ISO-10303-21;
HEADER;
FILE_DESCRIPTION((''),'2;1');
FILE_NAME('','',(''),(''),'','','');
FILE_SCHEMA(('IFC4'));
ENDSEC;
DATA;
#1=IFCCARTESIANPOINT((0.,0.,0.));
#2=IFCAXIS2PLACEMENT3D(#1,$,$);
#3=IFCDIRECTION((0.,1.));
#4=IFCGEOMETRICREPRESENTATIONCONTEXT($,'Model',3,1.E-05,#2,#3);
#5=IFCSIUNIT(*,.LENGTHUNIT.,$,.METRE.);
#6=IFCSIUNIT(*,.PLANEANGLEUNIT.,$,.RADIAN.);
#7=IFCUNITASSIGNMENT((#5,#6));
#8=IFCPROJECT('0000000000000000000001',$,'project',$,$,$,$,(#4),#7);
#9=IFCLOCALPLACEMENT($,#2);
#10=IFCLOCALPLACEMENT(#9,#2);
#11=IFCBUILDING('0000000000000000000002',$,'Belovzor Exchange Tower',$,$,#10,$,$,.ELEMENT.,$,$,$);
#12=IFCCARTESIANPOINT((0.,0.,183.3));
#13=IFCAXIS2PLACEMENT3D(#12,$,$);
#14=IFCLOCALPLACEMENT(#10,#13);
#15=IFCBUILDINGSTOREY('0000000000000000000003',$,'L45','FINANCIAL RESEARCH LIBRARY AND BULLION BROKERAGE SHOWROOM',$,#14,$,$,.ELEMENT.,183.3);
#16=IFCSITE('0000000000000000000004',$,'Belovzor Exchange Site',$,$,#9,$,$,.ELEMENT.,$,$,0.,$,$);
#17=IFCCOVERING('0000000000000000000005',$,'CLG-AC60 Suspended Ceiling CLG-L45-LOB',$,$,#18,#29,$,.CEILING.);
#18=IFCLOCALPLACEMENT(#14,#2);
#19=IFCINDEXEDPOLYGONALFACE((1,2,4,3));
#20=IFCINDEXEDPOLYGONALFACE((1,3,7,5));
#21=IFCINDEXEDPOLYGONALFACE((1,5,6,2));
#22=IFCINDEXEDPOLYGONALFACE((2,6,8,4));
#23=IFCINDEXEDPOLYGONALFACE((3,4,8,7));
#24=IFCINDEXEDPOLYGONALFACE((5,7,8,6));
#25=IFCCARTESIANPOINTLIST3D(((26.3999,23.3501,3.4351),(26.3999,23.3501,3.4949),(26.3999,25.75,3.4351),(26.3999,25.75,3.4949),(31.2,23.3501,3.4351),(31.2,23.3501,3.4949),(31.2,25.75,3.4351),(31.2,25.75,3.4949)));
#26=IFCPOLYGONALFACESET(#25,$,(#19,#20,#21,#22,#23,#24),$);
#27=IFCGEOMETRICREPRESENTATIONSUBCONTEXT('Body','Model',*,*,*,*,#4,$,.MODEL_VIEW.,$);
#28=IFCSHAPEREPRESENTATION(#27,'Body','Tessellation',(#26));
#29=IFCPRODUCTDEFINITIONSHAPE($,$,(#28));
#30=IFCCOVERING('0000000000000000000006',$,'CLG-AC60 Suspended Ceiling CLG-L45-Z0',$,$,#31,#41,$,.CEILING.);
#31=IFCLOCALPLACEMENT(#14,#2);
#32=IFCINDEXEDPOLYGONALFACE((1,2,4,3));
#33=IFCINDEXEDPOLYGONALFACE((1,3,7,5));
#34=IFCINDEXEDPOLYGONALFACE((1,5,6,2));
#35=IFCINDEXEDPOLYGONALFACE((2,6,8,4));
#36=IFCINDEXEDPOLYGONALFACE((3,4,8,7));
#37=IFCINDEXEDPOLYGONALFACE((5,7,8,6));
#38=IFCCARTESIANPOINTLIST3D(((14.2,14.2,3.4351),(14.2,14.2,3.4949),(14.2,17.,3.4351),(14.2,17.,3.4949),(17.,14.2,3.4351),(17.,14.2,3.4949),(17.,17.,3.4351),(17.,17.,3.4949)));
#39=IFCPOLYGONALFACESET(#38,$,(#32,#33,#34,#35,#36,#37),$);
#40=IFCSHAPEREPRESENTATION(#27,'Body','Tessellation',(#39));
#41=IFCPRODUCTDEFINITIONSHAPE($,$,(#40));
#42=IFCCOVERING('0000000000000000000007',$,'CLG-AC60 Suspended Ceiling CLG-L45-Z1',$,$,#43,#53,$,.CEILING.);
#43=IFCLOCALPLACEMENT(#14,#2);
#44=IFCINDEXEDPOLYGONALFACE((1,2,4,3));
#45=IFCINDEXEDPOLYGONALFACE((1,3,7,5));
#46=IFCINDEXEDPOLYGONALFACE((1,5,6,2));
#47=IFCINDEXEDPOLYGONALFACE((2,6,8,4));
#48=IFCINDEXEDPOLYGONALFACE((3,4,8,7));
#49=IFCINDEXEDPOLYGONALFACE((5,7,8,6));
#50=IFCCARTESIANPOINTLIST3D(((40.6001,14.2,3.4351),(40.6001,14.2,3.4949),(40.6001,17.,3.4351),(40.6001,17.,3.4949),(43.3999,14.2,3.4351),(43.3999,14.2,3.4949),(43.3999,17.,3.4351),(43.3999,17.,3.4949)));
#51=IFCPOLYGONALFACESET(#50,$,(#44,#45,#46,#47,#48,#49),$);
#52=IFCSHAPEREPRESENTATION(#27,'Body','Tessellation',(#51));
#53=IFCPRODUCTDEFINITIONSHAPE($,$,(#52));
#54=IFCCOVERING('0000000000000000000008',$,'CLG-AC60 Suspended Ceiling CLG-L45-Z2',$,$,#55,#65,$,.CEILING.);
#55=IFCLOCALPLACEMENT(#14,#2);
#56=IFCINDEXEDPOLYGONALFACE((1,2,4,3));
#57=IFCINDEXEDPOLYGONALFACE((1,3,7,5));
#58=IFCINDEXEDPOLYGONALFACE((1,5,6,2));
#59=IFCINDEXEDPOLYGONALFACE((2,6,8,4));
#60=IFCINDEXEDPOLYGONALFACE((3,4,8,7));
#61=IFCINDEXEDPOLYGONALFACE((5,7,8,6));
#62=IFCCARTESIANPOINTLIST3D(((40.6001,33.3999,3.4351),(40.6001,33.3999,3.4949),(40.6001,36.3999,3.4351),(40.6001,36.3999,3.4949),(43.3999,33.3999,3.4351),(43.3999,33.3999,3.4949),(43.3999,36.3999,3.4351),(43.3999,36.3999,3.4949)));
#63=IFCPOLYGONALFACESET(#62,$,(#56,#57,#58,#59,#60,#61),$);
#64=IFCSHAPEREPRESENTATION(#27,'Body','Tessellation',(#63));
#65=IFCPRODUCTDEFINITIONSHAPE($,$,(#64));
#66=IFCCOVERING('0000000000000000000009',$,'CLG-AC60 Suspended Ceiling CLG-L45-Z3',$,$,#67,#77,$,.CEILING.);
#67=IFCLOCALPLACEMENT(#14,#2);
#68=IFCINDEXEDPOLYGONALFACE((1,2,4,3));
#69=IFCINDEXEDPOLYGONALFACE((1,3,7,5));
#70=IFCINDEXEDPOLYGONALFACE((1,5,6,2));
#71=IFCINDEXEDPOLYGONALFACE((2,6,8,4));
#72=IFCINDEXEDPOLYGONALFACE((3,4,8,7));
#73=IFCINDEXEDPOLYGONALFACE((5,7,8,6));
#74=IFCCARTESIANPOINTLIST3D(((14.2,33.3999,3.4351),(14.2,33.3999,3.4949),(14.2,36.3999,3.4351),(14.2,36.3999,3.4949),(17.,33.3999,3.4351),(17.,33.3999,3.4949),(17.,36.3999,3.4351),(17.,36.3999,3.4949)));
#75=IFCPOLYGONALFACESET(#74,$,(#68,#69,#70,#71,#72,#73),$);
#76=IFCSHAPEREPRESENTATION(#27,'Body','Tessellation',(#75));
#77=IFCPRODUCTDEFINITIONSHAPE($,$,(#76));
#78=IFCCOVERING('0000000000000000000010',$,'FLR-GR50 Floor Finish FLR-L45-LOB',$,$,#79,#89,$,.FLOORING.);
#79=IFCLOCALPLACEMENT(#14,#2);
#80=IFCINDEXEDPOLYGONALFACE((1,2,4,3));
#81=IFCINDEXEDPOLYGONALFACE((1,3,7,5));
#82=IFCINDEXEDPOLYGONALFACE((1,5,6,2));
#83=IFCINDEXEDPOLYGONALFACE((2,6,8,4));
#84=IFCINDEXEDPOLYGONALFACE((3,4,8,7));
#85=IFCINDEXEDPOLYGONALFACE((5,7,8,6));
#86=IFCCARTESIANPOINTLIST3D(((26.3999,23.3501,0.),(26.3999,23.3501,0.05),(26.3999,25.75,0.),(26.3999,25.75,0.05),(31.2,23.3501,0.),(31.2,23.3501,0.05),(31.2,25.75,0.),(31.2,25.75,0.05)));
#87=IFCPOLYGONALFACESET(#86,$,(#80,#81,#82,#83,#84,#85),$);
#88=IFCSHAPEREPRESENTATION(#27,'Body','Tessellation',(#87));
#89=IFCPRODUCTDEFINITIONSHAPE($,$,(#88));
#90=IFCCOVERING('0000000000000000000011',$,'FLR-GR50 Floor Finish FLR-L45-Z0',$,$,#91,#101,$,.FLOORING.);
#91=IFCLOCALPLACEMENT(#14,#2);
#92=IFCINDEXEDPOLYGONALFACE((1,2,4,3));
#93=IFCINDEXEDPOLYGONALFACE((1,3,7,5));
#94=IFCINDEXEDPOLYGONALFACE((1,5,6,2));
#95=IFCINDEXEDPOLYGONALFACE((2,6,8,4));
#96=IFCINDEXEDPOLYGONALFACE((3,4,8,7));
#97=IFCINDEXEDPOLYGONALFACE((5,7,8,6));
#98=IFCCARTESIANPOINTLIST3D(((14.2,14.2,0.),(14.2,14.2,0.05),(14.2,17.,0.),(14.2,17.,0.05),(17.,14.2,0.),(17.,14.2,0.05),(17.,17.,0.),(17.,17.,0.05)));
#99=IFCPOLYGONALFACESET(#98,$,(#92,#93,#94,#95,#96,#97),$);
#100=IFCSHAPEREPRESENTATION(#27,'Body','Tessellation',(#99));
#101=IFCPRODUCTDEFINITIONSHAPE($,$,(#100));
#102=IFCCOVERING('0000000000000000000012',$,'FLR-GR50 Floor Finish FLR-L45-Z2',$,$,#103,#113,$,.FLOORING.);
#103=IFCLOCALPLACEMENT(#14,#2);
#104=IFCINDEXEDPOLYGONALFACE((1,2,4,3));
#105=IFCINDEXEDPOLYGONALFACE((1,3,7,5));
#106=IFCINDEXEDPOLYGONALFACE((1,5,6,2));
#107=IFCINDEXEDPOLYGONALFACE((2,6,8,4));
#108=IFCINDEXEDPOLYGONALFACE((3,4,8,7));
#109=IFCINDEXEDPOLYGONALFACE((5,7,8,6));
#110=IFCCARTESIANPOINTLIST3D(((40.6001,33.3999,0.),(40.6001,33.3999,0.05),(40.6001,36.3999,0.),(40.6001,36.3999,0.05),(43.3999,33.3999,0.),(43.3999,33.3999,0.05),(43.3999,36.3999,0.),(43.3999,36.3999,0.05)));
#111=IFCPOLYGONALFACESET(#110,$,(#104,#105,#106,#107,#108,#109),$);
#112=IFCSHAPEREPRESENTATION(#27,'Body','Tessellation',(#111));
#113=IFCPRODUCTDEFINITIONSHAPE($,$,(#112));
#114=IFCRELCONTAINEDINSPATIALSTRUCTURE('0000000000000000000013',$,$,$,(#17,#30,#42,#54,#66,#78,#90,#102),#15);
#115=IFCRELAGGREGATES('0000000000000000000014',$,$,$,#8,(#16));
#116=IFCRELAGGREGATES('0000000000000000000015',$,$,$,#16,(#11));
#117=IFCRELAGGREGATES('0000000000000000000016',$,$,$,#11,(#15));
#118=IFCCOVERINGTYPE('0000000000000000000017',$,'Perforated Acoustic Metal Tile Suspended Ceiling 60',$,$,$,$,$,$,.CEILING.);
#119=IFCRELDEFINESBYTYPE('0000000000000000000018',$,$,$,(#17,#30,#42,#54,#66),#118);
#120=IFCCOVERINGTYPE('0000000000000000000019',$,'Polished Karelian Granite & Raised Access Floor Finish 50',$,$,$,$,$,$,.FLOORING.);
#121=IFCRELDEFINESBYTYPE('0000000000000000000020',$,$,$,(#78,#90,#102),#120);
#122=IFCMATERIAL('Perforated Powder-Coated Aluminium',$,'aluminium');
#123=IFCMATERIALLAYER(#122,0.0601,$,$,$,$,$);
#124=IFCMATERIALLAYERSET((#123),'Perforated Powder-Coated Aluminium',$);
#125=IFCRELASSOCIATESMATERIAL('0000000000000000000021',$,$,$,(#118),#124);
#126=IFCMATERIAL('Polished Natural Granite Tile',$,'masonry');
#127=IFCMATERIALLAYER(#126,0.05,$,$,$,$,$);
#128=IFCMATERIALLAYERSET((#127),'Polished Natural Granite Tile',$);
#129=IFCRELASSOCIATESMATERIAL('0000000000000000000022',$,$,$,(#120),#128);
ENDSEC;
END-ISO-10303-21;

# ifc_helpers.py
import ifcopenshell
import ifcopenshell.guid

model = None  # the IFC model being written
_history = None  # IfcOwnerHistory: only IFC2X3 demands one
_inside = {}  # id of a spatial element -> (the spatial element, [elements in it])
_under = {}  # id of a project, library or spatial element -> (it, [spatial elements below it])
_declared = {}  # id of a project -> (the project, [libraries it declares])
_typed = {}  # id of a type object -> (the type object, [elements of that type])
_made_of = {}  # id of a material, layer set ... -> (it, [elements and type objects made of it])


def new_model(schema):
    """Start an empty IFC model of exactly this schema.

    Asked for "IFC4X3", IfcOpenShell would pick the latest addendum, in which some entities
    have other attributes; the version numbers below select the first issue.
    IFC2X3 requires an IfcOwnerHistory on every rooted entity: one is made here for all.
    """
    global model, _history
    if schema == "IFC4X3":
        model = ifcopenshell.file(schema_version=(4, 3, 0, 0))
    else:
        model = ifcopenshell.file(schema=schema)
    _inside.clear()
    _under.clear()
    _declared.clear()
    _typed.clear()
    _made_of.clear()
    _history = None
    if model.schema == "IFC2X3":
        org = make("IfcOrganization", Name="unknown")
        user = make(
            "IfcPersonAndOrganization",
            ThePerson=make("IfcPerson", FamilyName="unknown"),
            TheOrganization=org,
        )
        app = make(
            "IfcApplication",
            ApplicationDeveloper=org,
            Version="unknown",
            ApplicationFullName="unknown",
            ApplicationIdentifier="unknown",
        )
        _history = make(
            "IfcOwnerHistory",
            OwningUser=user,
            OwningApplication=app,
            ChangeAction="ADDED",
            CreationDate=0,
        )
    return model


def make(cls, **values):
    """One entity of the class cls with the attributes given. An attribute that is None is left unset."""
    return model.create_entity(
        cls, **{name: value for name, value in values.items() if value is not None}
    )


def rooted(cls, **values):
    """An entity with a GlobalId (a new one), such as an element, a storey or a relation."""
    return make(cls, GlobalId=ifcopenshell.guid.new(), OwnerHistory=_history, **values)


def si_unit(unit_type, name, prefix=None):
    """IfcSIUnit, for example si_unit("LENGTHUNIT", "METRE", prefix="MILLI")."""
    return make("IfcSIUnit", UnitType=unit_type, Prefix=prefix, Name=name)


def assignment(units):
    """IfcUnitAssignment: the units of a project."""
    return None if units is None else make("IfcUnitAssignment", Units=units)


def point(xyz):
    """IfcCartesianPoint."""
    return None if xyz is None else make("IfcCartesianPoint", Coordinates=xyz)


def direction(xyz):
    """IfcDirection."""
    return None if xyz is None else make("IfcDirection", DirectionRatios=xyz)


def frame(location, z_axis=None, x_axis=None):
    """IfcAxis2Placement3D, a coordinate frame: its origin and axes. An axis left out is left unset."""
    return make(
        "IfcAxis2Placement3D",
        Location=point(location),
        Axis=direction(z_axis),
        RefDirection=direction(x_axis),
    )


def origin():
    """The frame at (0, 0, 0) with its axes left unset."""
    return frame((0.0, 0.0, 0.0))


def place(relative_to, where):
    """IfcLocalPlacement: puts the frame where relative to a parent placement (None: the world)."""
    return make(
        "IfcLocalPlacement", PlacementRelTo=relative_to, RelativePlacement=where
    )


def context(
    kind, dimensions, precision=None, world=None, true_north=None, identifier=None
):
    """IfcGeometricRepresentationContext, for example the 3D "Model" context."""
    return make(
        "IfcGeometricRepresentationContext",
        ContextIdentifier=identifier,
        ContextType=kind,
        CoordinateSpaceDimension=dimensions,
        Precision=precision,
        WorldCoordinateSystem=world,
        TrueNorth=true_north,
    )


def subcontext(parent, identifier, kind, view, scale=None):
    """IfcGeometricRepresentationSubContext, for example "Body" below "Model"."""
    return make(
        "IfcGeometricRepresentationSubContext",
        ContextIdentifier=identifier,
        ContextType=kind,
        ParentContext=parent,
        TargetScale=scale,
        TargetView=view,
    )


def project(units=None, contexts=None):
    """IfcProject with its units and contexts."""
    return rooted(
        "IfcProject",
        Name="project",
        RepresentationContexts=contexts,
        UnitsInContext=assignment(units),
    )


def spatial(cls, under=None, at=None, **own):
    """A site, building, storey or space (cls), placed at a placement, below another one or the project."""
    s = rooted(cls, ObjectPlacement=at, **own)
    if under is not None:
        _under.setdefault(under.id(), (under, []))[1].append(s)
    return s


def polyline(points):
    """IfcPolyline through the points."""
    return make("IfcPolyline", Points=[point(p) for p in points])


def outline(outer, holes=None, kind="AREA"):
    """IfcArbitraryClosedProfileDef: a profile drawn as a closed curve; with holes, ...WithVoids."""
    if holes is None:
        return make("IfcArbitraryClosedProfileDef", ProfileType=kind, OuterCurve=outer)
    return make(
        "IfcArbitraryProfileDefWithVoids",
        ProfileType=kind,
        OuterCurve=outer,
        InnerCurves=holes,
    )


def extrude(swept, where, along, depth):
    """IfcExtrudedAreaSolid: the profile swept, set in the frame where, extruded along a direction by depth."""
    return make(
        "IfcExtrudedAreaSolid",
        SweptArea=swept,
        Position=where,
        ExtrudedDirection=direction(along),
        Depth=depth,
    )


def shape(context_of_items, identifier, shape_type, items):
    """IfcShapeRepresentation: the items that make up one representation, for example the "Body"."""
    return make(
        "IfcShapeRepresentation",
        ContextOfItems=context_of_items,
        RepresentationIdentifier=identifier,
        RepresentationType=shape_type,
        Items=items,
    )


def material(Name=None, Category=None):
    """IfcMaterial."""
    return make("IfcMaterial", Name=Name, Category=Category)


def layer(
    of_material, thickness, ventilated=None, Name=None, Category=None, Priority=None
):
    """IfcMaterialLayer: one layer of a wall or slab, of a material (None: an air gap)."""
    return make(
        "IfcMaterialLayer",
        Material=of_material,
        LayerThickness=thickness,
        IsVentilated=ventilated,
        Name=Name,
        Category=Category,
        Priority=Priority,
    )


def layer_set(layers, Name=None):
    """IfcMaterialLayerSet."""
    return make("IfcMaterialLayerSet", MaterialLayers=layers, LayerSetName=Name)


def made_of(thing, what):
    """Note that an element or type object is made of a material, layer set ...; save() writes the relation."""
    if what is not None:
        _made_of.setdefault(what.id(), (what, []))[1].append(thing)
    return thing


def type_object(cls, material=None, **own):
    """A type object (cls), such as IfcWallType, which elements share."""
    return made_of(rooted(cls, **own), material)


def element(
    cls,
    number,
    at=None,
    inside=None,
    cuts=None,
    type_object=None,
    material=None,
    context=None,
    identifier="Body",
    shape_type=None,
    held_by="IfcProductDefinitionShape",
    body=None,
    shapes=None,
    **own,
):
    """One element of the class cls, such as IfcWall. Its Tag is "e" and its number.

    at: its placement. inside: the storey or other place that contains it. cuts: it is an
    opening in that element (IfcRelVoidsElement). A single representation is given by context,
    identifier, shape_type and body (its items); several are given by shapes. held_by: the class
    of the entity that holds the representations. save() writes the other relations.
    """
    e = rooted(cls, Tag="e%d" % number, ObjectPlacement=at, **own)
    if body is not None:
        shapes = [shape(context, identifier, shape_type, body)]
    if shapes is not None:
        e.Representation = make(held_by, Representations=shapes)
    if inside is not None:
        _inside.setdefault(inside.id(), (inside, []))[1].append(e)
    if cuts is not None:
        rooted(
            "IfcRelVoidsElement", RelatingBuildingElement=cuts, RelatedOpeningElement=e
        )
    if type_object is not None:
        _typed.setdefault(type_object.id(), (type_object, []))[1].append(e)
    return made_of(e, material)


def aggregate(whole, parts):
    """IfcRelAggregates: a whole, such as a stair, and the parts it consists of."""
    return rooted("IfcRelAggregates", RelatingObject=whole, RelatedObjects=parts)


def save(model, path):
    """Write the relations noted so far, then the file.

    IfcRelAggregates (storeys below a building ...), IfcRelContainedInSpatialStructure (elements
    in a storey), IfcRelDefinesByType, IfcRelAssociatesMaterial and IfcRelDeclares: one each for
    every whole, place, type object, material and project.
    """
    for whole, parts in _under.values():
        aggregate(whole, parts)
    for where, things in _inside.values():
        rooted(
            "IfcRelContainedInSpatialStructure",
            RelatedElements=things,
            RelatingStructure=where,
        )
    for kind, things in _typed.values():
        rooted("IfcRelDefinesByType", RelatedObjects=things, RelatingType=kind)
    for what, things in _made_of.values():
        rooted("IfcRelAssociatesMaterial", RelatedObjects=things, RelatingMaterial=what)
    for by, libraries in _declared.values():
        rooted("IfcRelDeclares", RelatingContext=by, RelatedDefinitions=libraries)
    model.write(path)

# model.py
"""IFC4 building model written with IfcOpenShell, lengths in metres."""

from ifc_helpers import new_model, si_unit, direction, frame, origin, place, context, subcontext, project, spatial, polyline, outline, extrude, material, layer, layer_set, type_object, element, save


model = new_model("IFC4")

# Units and contexts
model_context = context("Model", 3, precision=1e-05, world=origin(), true_north=direction((0.0, 1.0)))
body_context = subcontext(model_context, "Body", "Model", "MODEL_VIEW")
ifc_project = project(units=[si_unit("LENGTHUNIT", "METRE"), si_unit("PLANEANGLEUNIT", "RADIAN")], contexts=[model_context])

# Site, building, storey
site_placement = place(None, origin())
site = spatial("IfcSite", under=ifc_project, at=site_placement, Name="Belovzor Exchange Site", CompositionType="ELEMENT", RefElevation=0.0)
building_placement = place(site_placement, origin())
building = spatial("IfcBuilding", under=site, at=building_placement, Name="Belovzor Exchange Tower", CompositionType="ELEMENT")
storey_placement = place(building_placement, frame((0.0, 0.0, 183.3)))
storey = spatial("IfcBuildingStorey", under=building, at=storey_placement, Name="L45", Description="FINANCIAL RESEARCH LIBRARY AND BULLION BROKERAGE SHOWROOM", CompositionType="ELEMENT", Elevation=183.3)

# Coverings
ifc_material_1 = material(Name="Perforated Powder-Coated Aluminium", Category="aluminium")
ifc_layer_1 = layer(ifc_material_1, 0.0601)
ifc_layer_set_1 = layer_set([ifc_layer_1], Name="Perforated Powder-Coated Aluminium")
covering_type_1 = type_object("IfcCoveringType", Name="Perforated Acoustic Metal Tile Suspended Ceiling 60", PredefinedType="CEILING", material=ifc_layer_set_1)
covering_1_placement = place(storey_placement, frame((0.0, 0.0, 3.4351)))
element("IfcCovering", 1, at=covering_1_placement, inside=storey, type_object=covering_type_1, Name="CLG-AC60 Suspended Ceiling CLG-L45-LOB", PredefinedType="CEILING", context=body_context, shape_type="SweptSolid", body=[
    extrude(outline(polyline([(26.3999, 23.3501), (31.2, 23.3501), (31.2, 25.75), (26.3999, 25.75), (26.3999, 23.3501)])), origin(), (0.0, 0.0, 1.0), 0.0598),
])
covering_2_placement = place(storey_placement, frame((0.0, 0.0, 3.4351)))
element("IfcCovering", 2, at=covering_2_placement, inside=storey, type_object=covering_type_1, Name="CLG-AC60 Suspended Ceiling CLG-L45-Z0", PredefinedType="CEILING", context=body_context, shape_type="SweptSolid", body=[
    extrude(outline(polyline([(14.2, 14.2), (17.0, 14.2), (17.0, 17.0), (14.2, 17.0), (14.2, 14.2)])), origin(), (0.0, 0.0, 1.0), 0.0598),
])
covering_3_placement = place(storey_placement, frame((0.0, 0.0, 3.4351)))
element("IfcCovering", 3, at=covering_3_placement, inside=storey, type_object=covering_type_1, Name="CLG-AC60 Suspended Ceiling CLG-L45-Z1", PredefinedType="CEILING", context=body_context, shape_type="SweptSolid", body=[
    extrude(outline(polyline([(40.6001, 14.2), (43.3999, 14.2), (43.3999, 17.0), (40.6001, 17.0), (40.6001, 14.2)])), origin(), (0.0, 0.0, 1.0), 0.0598),
])
covering_4_placement = place(storey_placement, frame((0.0, 0.0, 3.4351)))
element("IfcCovering", 4, at=covering_4_placement, inside=storey, type_object=covering_type_1, Name="CLG-AC60 Suspended Ceiling CLG-L45-Z2", PredefinedType="CEILING", context=body_context, shape_type="SweptSolid", body=[
    extrude(outline(polyline([(40.6001, 33.3999), (43.3999, 33.3999), (43.3999, 36.3999), (40.6001, 36.3999), (40.6001, 33.3999)])), origin(), (0.0, 0.0, 1.0), 0.0598),
])
covering_5_placement = place(storey_placement, frame((0.0, 0.0, 3.4351)))
element("IfcCovering", 5, at=covering_5_placement, inside=storey, type_object=covering_type_1, Name="CLG-AC60 Suspended Ceiling CLG-L45-Z3", PredefinedType="CEILING", context=body_context, shape_type="SweptSolid", body=[
    extrude(outline(polyline([(14.2, 33.3999), (17.0, 33.3999), (17.0, 36.3999), (14.2, 36.3999), (14.2, 33.3999)])), origin(), (0.0, 0.0, 1.0), 0.0598),
])
ifc_material_2 = material(Name="Polished Natural Granite Tile", Category="masonry")
ifc_layer_2 = layer(ifc_material_2, 0.05)
ifc_layer_set_2 = layer_set([ifc_layer_2], Name="Polished Natural Granite Tile")
covering_type_2 = type_object("IfcCoveringType", Name="Polished Karelian Granite & Raised Access Floor Finish 50", PredefinedType="FLOORING", material=ifc_layer_set_2)
covering_6_placement = place(storey_placement, origin())
element("IfcCovering", 6, at=covering_6_placement, inside=storey, type_object=covering_type_2, Name="FLR-GR50 Floor Finish FLR-L45-LOB", PredefinedType="FLOORING", context=body_context, shape_type="SweptSolid", body=[
    extrude(outline(polyline([(26.3999, 23.3501), (31.2, 23.3501), (31.2, 25.75), (26.3999, 25.75), (26.3999, 23.3501)])), origin(), (0.0, 0.0, 1.0), 0.05),
])
covering_7_placement = place(storey_placement, origin())
element("IfcCovering", 7, at=covering_7_placement, inside=storey, type_object=covering_type_2, Name="FLR-GR50 Floor Finish FLR-L45-Z0", PredefinedType="FLOORING", context=body_context, shape_type="SweptSolid", body=[
    extrude(outline(polyline([(14.2, 14.2), (17.0, 14.2), (17.0, 17.0), (14.2, 17.0), (14.2, 14.2)])), origin(), (0.0, 0.0, 1.0), 0.05),
])
covering_8_placement = place(storey_placement, origin())
element("IfcCovering", 8, at=covering_8_placement, inside=storey, type_object=covering_type_2, Name="FLR-GR50 Floor Finish FLR-L45-Z2", PredefinedType="FLOORING", context=body_context, shape_type="SweptSolid", body=[
    extrude(outline(polyline([(40.6001, 33.3999), (43.3999, 33.3999), (43.3999, 36.3999), (40.6001, 36.3999), (40.6001, 33.3999)])), origin(), (0.0, 0.0, 1.0), 0.05),
])

save(model, "model.ifc")
